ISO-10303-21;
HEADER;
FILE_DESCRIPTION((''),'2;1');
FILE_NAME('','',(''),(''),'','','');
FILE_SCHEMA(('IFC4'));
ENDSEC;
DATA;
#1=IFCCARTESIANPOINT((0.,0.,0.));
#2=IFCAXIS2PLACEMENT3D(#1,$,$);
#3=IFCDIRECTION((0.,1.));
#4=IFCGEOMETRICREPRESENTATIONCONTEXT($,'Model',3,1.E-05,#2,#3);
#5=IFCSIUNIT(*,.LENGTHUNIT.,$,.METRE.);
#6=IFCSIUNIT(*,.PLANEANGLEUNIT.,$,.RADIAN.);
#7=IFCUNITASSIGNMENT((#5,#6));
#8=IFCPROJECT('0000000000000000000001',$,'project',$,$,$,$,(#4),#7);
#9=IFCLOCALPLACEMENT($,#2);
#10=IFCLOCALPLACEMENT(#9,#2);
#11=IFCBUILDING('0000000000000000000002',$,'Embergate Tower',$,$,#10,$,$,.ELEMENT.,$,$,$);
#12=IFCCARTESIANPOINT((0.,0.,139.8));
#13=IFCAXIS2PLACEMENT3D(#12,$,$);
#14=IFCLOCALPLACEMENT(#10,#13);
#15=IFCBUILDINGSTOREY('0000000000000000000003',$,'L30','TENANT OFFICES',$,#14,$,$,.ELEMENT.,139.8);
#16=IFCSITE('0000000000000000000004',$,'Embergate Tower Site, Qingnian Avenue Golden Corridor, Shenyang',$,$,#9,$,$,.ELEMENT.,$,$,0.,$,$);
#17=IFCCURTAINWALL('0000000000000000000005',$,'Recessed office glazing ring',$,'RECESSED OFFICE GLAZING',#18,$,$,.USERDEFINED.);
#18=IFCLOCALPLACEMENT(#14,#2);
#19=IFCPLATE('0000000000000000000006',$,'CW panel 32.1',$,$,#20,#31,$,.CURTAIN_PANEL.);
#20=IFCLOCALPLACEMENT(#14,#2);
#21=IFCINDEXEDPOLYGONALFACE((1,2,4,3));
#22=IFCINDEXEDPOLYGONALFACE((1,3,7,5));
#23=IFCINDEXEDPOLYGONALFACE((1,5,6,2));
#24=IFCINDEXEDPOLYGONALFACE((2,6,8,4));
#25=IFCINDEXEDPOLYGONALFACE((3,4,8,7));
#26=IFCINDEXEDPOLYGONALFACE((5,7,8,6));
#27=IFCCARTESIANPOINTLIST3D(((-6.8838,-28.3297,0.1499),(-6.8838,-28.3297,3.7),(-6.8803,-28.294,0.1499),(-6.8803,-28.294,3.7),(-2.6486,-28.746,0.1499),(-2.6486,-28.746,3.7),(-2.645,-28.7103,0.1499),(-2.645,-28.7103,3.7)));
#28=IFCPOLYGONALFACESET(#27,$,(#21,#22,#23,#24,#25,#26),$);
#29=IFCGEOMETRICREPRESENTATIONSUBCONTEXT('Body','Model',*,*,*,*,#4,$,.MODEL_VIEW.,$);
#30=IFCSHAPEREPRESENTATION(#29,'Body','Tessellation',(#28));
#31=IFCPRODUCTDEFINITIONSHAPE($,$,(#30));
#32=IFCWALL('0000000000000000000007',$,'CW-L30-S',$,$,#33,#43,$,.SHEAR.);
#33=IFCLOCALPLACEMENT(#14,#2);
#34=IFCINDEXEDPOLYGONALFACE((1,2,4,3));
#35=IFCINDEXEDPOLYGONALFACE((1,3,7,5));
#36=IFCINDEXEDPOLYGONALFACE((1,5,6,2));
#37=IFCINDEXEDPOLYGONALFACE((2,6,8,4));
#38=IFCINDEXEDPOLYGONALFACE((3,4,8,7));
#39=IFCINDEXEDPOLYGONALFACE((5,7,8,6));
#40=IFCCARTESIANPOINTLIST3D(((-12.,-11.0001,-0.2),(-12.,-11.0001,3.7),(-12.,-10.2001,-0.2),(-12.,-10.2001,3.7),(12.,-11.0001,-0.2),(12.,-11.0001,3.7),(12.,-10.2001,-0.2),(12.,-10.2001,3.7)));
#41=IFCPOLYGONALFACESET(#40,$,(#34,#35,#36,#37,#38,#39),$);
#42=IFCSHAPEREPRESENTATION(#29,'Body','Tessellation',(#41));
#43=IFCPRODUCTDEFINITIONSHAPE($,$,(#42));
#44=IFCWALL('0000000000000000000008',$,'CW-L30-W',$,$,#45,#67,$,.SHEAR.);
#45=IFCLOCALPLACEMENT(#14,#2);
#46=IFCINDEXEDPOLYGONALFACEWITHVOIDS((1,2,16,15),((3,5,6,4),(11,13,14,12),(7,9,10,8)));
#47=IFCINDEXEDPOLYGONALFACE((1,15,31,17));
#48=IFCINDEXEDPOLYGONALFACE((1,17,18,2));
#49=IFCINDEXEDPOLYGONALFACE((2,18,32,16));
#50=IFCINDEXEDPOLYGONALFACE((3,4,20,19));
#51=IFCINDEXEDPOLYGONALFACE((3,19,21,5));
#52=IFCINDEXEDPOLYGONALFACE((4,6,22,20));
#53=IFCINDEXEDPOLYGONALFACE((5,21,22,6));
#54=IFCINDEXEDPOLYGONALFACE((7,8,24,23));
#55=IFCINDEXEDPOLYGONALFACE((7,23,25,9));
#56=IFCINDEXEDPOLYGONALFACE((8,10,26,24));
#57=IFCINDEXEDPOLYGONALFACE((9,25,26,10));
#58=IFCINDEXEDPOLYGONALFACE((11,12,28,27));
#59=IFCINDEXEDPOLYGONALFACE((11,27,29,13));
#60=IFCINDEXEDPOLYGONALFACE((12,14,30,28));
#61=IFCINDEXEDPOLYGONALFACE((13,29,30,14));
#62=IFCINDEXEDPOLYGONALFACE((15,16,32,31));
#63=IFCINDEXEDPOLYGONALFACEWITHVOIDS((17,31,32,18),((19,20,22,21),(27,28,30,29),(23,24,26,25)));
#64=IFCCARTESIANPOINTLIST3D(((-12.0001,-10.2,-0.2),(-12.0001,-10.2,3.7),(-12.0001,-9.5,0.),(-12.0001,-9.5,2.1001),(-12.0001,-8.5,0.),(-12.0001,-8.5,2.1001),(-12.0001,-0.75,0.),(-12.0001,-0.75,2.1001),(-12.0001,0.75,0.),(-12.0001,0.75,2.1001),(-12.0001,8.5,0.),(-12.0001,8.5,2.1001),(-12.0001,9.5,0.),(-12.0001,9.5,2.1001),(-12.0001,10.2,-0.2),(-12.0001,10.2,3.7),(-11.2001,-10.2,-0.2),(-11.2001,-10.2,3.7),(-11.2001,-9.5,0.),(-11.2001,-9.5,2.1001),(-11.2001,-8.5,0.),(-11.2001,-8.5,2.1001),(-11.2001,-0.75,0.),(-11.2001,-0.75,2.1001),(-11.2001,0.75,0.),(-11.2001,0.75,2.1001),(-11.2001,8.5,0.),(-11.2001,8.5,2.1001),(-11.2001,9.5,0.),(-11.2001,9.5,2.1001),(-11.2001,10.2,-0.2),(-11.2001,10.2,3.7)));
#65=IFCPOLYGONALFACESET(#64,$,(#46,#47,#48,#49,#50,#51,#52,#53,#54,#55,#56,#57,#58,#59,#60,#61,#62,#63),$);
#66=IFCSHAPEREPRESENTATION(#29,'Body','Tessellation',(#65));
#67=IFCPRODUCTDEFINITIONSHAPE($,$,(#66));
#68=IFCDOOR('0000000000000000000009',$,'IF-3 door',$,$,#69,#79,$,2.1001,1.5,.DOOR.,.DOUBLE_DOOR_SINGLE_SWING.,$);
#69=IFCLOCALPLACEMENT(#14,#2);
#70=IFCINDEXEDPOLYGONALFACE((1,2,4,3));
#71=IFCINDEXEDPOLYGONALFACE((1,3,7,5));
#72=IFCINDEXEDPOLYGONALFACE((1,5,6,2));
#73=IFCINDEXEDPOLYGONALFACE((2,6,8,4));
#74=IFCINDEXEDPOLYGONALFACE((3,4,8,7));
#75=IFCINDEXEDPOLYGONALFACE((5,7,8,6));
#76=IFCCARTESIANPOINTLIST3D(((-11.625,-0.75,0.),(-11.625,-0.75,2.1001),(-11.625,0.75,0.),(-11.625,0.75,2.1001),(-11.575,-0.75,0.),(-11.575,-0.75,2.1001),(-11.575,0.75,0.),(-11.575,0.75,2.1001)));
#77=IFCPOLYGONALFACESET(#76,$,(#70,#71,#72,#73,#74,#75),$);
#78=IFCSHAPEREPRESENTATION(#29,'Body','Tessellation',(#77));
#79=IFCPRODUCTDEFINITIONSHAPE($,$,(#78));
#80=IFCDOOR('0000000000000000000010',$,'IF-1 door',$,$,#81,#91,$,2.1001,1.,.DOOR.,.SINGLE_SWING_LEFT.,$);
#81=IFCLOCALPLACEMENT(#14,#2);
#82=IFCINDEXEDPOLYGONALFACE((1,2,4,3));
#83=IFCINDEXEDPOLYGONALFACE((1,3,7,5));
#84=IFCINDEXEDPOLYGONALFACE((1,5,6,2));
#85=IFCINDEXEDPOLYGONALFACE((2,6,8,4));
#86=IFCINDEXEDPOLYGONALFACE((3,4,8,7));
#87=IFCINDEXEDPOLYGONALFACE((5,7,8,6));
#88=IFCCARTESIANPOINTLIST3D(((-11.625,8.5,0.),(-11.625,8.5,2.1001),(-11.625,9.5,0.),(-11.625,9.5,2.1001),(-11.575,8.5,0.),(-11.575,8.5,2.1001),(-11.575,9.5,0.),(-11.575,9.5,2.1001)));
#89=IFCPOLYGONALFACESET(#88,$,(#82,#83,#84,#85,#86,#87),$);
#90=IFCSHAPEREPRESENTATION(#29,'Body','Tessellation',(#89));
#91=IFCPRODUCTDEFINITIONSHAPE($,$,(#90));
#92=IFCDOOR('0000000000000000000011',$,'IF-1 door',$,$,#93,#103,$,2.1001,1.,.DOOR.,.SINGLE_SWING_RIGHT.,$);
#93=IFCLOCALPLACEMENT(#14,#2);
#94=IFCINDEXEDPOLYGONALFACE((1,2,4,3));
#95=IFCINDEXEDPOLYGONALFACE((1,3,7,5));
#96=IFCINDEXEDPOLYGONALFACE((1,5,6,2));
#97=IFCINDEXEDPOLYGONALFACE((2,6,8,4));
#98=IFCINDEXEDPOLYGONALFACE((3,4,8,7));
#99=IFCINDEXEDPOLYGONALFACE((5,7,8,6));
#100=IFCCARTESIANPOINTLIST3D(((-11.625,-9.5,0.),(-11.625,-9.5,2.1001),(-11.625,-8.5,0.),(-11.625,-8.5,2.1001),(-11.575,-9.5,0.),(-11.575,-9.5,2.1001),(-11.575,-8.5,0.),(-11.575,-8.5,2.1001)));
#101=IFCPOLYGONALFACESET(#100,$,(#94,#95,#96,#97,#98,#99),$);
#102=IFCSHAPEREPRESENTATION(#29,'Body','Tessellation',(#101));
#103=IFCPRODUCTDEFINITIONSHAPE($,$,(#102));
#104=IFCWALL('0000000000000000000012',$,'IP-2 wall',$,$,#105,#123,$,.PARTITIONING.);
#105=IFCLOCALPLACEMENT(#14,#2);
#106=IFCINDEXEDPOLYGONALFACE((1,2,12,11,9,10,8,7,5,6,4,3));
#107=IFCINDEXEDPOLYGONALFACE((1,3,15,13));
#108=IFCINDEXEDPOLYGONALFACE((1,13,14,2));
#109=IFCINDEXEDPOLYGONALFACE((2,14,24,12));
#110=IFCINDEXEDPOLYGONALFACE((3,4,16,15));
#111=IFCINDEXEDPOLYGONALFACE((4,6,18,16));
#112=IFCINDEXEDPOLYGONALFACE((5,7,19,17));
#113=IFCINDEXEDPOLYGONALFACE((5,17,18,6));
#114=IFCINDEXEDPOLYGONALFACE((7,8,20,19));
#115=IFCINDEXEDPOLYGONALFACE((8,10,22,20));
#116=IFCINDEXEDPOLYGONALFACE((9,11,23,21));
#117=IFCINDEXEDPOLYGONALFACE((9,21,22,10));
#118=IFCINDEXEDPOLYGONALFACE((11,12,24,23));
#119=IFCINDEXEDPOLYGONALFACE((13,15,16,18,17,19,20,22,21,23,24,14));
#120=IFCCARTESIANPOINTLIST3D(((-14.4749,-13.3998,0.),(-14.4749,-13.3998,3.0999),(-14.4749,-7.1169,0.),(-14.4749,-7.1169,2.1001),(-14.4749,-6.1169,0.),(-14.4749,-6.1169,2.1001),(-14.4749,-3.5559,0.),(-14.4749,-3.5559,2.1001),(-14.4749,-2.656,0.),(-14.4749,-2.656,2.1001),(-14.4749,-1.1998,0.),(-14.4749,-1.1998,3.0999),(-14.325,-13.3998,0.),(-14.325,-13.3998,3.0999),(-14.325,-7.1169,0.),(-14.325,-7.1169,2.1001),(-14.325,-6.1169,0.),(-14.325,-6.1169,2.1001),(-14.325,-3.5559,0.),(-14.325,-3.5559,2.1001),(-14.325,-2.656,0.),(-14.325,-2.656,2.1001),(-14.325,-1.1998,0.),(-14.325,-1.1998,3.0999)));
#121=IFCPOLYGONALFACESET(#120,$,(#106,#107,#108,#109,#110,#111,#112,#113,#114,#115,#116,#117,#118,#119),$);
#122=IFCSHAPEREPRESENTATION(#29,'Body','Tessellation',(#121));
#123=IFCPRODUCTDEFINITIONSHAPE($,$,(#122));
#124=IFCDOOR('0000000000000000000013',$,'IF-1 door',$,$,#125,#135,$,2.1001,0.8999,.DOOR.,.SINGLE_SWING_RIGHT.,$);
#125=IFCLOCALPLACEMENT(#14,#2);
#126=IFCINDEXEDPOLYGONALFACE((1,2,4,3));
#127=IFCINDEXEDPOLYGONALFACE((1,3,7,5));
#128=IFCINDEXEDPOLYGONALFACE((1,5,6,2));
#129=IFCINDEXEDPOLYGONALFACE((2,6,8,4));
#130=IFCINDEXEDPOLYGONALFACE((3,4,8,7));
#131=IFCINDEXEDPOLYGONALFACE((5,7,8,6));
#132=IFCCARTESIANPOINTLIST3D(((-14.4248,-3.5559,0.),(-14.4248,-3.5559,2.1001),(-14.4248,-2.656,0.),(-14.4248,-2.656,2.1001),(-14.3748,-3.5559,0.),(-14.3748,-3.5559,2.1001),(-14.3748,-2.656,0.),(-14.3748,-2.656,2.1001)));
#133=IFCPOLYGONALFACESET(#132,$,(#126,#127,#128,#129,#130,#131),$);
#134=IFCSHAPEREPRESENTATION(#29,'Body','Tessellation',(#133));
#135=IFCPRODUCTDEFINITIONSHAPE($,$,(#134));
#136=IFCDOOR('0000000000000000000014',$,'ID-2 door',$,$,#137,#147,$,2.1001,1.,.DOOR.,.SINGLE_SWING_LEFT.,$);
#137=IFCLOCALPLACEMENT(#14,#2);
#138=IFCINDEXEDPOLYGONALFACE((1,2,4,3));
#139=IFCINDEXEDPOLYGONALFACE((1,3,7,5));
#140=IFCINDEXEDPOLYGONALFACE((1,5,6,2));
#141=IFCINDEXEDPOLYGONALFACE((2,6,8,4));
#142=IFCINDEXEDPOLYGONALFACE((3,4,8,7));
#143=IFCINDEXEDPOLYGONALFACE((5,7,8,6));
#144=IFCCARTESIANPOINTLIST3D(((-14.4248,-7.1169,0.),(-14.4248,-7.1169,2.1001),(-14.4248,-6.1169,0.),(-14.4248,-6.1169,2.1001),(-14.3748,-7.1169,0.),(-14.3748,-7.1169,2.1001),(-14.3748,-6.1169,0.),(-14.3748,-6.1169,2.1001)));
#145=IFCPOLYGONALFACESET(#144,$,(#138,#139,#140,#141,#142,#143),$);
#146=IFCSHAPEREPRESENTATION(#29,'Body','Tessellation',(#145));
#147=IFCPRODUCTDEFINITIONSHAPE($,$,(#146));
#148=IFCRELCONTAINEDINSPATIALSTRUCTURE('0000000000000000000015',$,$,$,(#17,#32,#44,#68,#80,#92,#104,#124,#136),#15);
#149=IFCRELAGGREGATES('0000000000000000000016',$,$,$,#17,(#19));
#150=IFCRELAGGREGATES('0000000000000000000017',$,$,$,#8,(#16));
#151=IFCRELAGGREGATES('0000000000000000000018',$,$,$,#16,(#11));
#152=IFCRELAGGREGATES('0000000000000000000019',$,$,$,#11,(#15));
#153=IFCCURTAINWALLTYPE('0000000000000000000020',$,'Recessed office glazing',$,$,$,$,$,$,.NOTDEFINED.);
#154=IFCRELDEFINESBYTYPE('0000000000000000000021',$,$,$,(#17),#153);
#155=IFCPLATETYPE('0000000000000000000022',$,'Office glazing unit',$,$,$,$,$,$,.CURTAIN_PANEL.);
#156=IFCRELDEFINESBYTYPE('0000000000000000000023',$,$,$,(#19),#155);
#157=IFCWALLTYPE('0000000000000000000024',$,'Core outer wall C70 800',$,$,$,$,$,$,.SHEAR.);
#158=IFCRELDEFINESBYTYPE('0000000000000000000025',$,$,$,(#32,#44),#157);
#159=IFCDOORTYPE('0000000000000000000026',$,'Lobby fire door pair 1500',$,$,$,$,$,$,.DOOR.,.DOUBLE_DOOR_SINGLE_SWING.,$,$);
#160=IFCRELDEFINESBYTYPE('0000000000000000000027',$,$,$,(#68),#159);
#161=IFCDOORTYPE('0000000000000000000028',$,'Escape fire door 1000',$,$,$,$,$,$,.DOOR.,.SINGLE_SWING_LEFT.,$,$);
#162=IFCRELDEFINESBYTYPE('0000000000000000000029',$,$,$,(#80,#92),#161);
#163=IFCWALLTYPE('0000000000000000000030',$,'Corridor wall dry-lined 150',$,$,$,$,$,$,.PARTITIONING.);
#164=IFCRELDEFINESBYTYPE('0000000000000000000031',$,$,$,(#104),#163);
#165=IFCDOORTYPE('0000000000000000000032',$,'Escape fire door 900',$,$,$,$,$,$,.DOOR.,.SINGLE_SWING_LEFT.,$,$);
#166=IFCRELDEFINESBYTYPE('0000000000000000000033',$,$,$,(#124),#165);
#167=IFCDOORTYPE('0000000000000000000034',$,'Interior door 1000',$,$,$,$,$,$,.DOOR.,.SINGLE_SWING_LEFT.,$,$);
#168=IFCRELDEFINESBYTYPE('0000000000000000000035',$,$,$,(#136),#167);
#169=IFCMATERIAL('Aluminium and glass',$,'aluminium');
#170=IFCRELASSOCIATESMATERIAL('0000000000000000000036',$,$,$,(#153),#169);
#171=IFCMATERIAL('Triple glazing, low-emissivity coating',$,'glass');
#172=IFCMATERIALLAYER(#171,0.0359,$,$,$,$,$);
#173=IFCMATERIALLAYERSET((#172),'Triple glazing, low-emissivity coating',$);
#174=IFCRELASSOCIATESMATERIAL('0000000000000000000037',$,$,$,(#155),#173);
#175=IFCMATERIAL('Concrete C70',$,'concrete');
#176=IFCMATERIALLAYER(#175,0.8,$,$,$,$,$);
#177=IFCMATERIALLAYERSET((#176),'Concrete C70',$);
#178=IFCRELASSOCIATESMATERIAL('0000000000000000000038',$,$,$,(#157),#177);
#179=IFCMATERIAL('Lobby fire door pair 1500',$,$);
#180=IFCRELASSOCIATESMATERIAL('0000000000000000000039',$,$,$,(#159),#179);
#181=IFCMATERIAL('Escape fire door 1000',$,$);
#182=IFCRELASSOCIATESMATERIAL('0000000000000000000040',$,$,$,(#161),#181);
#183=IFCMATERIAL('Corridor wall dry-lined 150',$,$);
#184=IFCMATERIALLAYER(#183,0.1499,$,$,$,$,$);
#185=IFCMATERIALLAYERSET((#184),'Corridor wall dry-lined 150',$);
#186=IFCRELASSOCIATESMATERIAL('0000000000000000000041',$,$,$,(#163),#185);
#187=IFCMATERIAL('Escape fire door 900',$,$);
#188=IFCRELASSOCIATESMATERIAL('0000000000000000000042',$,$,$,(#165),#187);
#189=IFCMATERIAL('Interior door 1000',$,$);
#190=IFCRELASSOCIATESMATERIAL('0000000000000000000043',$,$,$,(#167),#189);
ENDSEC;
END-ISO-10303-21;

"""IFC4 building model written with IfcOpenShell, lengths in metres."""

from ifc_helpers import new_model, si_unit, direction, frame, frame_2d, origin, origin_2d, place, context, subcontext, project, spatial, rectangle, extrude, source, transform, mapped, material, layer, layer_set, type_object, element, fill, aggregate, save


model = new_model("IFC4")

# Units and contexts
model_context = context("Model", 3, precision=1e-05, world=origin(), true_north=direction((0.0, 1.0)))
body_context = subcontext(model_context, "Body", "Model", "MODEL_VIEW")
ifc_project = project(units=[si_unit("LENGTHUNIT", "METRE"), si_unit("PLANEANGLEUNIT", "RADIAN")], contexts=[model_context])

# Site, building, storey
site_placement = place(None, origin())
site = spatial("IfcSite", under=ifc_project, at=site_placement, Name="Embergate Tower Site, Qingnian Avenue Golden Corridor, Shenyang", CompositionType="ELEMENT", RefElevation=0.0)
building_placement = place(site_placement, origin())
building = spatial("IfcBuilding", under=site, at=building_placement, Name="Embergate Tower", CompositionType="ELEMENT")
storey_placement = place(building_placement, frame((0.0, 0.0, 139.8)))
storey = spatial("IfcBuildingStorey", under=building, at=storey_placement, Name="L30", Description="TENANT OFFICES", CompositionType="ELEMENT", Elevation=139.8)

# Shared definitions
ifc_material_1 = material(Name="Concrete C70", Category="concrete")

# Curtain wall, plate
ifc_material_2 = material(Name="Aluminium and glass", Category="aluminium")
curtain_wall_type = type_object("IfcCurtainWallType", Name="Recessed office glazing", PredefinedType="NOTDEFINED", material=ifc_material_2)
curtain_wall_placement = place(storey_placement, origin())
curtain_wall = element("IfcCurtainWall", 1, at=curtain_wall_placement, inside=storey, type_object=curtain_wall_type, Name="Recessed office glazing ring", ObjectType="RECESSED OFFICE GLAZING", PredefinedType="USERDEFINED")
ifc_material_3 = material(Name="Triple glazing, low-emissivity coating", Category="glass")
ifc_layer_1 = layer(ifc_material_3, 0.0359)
ifc_layer_set_1 = layer_set([ifc_layer_1], Name="Triple glazing, low-emissivity coating")
plate_type = type_object("IfcPlateType", Name="Office glazing unit", PredefinedType="CURTAIN_PANEL", material=ifc_layer_set_1)
shared_shape_1 = source(origin(), body_context, "Body", "SweptSolid", [
    extrude(rectangle(XDim=4.2556, YDim=0.0359, at=origin_2d()), origin(), (0.0, 0.0, 1.0), 3.55),
])
plate_1_placement = place(storey_placement, frame((-4.7644, -28.52, 0.1499), z_axis=(0.0, 0.0, 1.0), x_axis=(0.995203, -0.097828, 0.0)))
plate_1 = element("IfcPlate", 2, at=plate_1_placement, type_object=plate_type, Name="CW panel 32.1", PredefinedType="CURTAIN_PANEL", context=body_context, shape_type="MappedRepresentation", body=[
    mapped(shared_shape_1, transform((0.0, 0.0, 0.0))),
])
aggregate(curtain_wall, [plate_1])

# Wall
ifc_layer_2 = layer(ifc_material_1, 0.8)
ifc_layer_set_2 = layer_set([ifc_layer_2], Name="Concrete C70")
wall_type_1 = type_object("IfcWallType", Name="Core outer wall C70 800", PredefinedType="SHEAR", material=ifc_layer_set_2)
shared_shape_2 = source(origin(), body_context, "Body", "SweptSolid", [
    extrude(rectangle(XDim=24.0, YDim=0.8, at=frame_2d((12.0, 0.0))), origin(), (0.0, 0.0, 1.0), 3.8999),
])
wall_1_placement = place(storey_placement, frame((-12.0, -10.6001, -0.2), z_axis=(0.0, 0.0, 1.0), x_axis=(1.0, 0.0, 0.0)))
element("IfcWall", 3, at=wall_1_placement, inside=storey, type_object=wall_type_1, Name="CW-L30-S", PredefinedType="SHEAR", context=body_context, shape_type="MappedRepresentation", body=[
    mapped(shared_shape_2, transform((0.0, 0.0, 0.0))),
])

# Walls, openings, doors
shared_shape_3 = source(origin(), body_context, "Body", "SweptSolid", [
    extrude(rectangle(XDim=20.3999, YDim=0.8, at=frame_2d((10.2, 0.0))), origin(), (0.0, 0.0, 1.0), 3.8999),
])
wall_2_placement = place(storey_placement, frame((-11.6001, -10.2, -0.2), z_axis=(0.0, 0.0, 1.0), x_axis=(0.0, 1.0, 0.0)))
wall_2 = element("IfcWall", 4, at=wall_2_placement, inside=storey, type_object=wall_type_1, Name="CW-L30-W", PredefinedType="SHEAR", context=body_context, shape_type="MappedRepresentation", body=[
    mapped(shared_shape_3, transform((0.0, 0.0, 0.0))),
])
shared_shape_4 = source(origin(), body_context, "Body", "SweptSolid", [
    extrude(rectangle(XDim=1.0, YDim=2.1001, at=frame_2d((0.5, 1.05))), frame((0.0, 0.4099, 0.0), z_axis=(0.0, -1.0, 0.0), x_axis=(1.0, 0.0, 0.0)), (0.0, 0.0, 1.0), 0.8201),
])
opening_1_placement = place(wall_2_placement, frame((18.7, 0.0, 0.2)))
opening_1 = element("IfcOpeningElement", 5, at=opening_1_placement, cuts=wall_2, PredefinedType="OPENING", context=body_context, shape_type="MappedRepresentation", body=[
    mapped(shared_shape_4, transform((0.0, 0.0, 0.0))),
])
opening_2_placement = place(wall_2_placement, frame((0.7, 0.0, 0.2)))
opening_2 = element("IfcOpeningElement", 6, at=opening_2_placement, cuts=wall_2, PredefinedType="OPENING", context=body_context, shape_type="MappedRepresentation", body=[
    mapped(shared_shape_4, transform((0.0, 0.0, 0.0))),
])
shared_shape_5 = source(origin(), body_context, "Body", "SweptSolid", [
    extrude(rectangle(XDim=1.5, YDim=2.1001, at=frame_2d((0.75, 1.05))), frame((0.0, 0.4099, 0.0), z_axis=(0.0, -1.0, 0.0), x_axis=(1.0, 0.0, 0.0)), (0.0, 0.0, 1.0), 0.8201),
])
opening_3_placement = place(wall_2_placement, frame((9.45, 0.0, 0.2)))
opening_3 = element("IfcOpeningElement", 7, at=opening_3_placement, cuts=wall_2, PredefinedType="OPENING", context=body_context, shape_type="MappedRepresentation", body=[
    mapped(shared_shape_5, transform((0.0, 0.0, 0.0))),
])
ifc_material_4 = material(Name="Lobby fire door pair 1500")
door_type_1 = type_object("IfcDoorType", Name="Lobby fire door pair 1500", OperationType="DOUBLE_DOOR_SINGLE_SWING", PredefinedType="DOOR", material=ifc_material_4)
shared_shape_6 = source(origin(), body_context, "Body", "SweptSolid", [
    extrude(rectangle(XDim=1.5, YDim=2.1001, at=frame_2d((0.75, 1.05))), frame((0.0, 0.0249, 0.0), z_axis=(0.0, -1.0, 0.0), x_axis=(1.0, 0.0, 0.0)), (0.0, 0.0, 1.0), 0.05),
])
door_1_placement = place(opening_3_placement, origin())
door_1 = element("IfcDoor", 8, at=door_1_placement, inside=storey, type_object=door_type_1, Name="IF-3 door", OperationType="DOUBLE_DOOR_SINGLE_SWING", OverallHeight=2.1001, OverallWidth=1.5, PredefinedType="DOOR", context=body_context, shape_type="MappedRepresentation", body=[
    mapped(shared_shape_6, transform((0.0, 0.0, 0.0))),
])
fill(opening_3, door_1)
ifc_material_5 = material(Name="Escape fire door 1000")
door_type_2 = type_object("IfcDoorType", Name="Escape fire door 1000", OperationType="SINGLE_SWING_LEFT", PredefinedType="DOOR", material=ifc_material_5)
shared_shape_7 = source(origin(), body_context, "Body", "SweptSolid", [
    extrude(rectangle(XDim=1.0, YDim=2.1001, at=frame_2d((0.5, 1.05))), frame((0.0, 0.0249, 0.0), z_axis=(0.0, -1.0, 0.0), x_axis=(1.0, 0.0, 0.0)), (0.0, 0.0, 1.0), 0.05),
])
door_2_placement = place(opening_1_placement, origin())
door_2 = element("IfcDoor", 9, at=door_2_placement, inside=storey, type_object=door_type_2, Name="IF-1 door", OperationType="SINGLE_SWING_LEFT", OverallHeight=2.1001, OverallWidth=1.0, PredefinedType="DOOR", context=body_context, shape_type="MappedRepresentation", body=[
    mapped(shared_shape_7, transform((0.0, 0.0, 0.0))),
])
fill(opening_1, door_2)
door_3_placement = place(opening_2_placement, origin())
door_3 = element("IfcDoor", 10, at=door_3_placement, inside=storey, type_object=door_type_2, Name="IF-1 door", OperationType="SINGLE_SWING_RIGHT", OverallHeight=2.1001, OverallWidth=1.0, PredefinedType="DOOR", context=body_context, shape_type="MappedRepresentation", body=[
    mapped(shared_shape_7, transform((0.0, 0.0, 0.0))),
])
fill(opening_2, door_3)
ifc_material_6 = material(Name="Corridor wall dry-lined 150")
ifc_layer_3 = layer(ifc_material_6, 0.1499)
ifc_layer_set_3 = layer_set([ifc_layer_3], Name="Corridor wall dry-lined 150")
wall_type_2 = type_object("IfcWallType", Name="Corridor wall dry-lined 150", PredefinedType="PARTITIONING", material=ifc_layer_set_3)
shared_shape_8 = source(origin(), body_context, "Body", "SweptSolid", [
    extrude(rectangle(XDim=12.2, YDim=0.1499, at=frame_2d((6.1001, 0.0))), origin(), (0.0, 0.0, 1.0), 3.0999),
])
wall_3_placement = place(storey_placement, frame((-14.3999, -13.3999, 0.0), z_axis=(0.0, 0.0, 1.0), x_axis=(0.0, 1.0, 0.0)))
wall_3 = element("IfcWall", 11, at=wall_3_placement, inside=storey, type_object=wall_type_2, Name="IP-2 wall", PredefinedType="PARTITIONING", context=body_context, shape_type="MappedRepresentation", body=[
    mapped(shared_shape_8, transform((0.0, 0.0, 0.0))),
])
shared_shape_9 = source(origin(), body_context, "Body", "SweptSolid", [
    extrude(rectangle(XDim=1.0, YDim=2.1001, at=frame_2d((0.5, 1.05))), frame((0.0, 0.085, 0.0), z_axis=(0.0, -1.0, 0.0), x_axis=(1.0, 0.0, 0.0)), (0.0, 0.0, 1.0), 0.1699),
])
opening_4_placement = place(wall_3_placement, frame((6.283, 0.0, 0.0)))
opening_4 = element("IfcOpeningElement", 12, at=opening_4_placement, cuts=wall_3, PredefinedType="OPENING", context=body_context, shape_type="MappedRepresentation", body=[
    mapped(shared_shape_9, transform((0.0, 0.0, 0.0))),
])
shared_shape_10 = source(origin(), body_context, "Body", "SweptSolid", [
    extrude(rectangle(XDim=0.8999, YDim=2.1001, at=frame_2d((0.45, 1.05))), frame((0.0, 0.085, 0.0), z_axis=(0.0, -1.0, 0.0), x_axis=(1.0, 0.0, 0.0)), (0.0, 0.0, 1.0), 0.1699),
])
opening_5_placement = place(wall_3_placement, frame((9.844, 0.0, 0.0)))
opening_5 = element("IfcOpeningElement", 13, at=opening_5_placement, cuts=wall_3, PredefinedType="OPENING", context=body_context, shape_type="MappedRepresentation", body=[
    mapped(shared_shape_10, transform((0.0, 0.0, 0.0))),
])
ifc_material_7 = material(Name="Escape fire door 900")
door_type_3 = type_object("IfcDoorType", Name="Escape fire door 900", OperationType="SINGLE_SWING_LEFT", PredefinedType="DOOR", material=ifc_material_7)
shared_shape_11 = source(origin(), body_context, "Body", "SweptSolid", [
    extrude(rectangle(XDim=0.8999, YDim=2.1001, at=frame_2d((0.45, 1.05))), frame((0.0, 0.0249, 0.0), z_axis=(0.0, -1.0, 0.0), x_axis=(1.0, 0.0, 0.0)), (0.0, 0.0, 1.0), 0.05),
])
door_4_placement = place(opening_5_placement, origin())
door_4 = element("IfcDoor", 14, at=door_4_placement, inside=storey, type_object=door_type_3, Name="IF-1 door", OperationType="SINGLE_SWING_RIGHT", OverallHeight=2.1001, OverallWidth=0.8999, PredefinedType="DOOR", context=body_context, shape_type="MappedRepresentation", body=[
    mapped(shared_shape_11, transform((0.0, 0.0, 0.0))),
])
fill(opening_5, door_4)
ifc_material_8 = material(Name="Interior door 1000")
door_type_4 = type_object("IfcDoorType", Name="Interior door 1000", OperationType="SINGLE_SWING_LEFT", PredefinedType="DOOR", material=ifc_material_8)
door_5_placement = place(opening_4_placement, origin())
door_5 = element("IfcDoor", 15, at=door_5_placement, inside=storey, type_object=door_type_4, Name="ID-2 door", OperationType="SINGLE_SWING_LEFT", OverallHeight=2.1001, OverallWidth=1.0, PredefinedType="DOOR", context=body_context, shape_type="MappedRepresentation", body=[
    mapped(shared_shape_7, transform((0.0, 0.0, 0.0))),
])
fill(opening_4, door_5)

save(model, "model.ifc")
